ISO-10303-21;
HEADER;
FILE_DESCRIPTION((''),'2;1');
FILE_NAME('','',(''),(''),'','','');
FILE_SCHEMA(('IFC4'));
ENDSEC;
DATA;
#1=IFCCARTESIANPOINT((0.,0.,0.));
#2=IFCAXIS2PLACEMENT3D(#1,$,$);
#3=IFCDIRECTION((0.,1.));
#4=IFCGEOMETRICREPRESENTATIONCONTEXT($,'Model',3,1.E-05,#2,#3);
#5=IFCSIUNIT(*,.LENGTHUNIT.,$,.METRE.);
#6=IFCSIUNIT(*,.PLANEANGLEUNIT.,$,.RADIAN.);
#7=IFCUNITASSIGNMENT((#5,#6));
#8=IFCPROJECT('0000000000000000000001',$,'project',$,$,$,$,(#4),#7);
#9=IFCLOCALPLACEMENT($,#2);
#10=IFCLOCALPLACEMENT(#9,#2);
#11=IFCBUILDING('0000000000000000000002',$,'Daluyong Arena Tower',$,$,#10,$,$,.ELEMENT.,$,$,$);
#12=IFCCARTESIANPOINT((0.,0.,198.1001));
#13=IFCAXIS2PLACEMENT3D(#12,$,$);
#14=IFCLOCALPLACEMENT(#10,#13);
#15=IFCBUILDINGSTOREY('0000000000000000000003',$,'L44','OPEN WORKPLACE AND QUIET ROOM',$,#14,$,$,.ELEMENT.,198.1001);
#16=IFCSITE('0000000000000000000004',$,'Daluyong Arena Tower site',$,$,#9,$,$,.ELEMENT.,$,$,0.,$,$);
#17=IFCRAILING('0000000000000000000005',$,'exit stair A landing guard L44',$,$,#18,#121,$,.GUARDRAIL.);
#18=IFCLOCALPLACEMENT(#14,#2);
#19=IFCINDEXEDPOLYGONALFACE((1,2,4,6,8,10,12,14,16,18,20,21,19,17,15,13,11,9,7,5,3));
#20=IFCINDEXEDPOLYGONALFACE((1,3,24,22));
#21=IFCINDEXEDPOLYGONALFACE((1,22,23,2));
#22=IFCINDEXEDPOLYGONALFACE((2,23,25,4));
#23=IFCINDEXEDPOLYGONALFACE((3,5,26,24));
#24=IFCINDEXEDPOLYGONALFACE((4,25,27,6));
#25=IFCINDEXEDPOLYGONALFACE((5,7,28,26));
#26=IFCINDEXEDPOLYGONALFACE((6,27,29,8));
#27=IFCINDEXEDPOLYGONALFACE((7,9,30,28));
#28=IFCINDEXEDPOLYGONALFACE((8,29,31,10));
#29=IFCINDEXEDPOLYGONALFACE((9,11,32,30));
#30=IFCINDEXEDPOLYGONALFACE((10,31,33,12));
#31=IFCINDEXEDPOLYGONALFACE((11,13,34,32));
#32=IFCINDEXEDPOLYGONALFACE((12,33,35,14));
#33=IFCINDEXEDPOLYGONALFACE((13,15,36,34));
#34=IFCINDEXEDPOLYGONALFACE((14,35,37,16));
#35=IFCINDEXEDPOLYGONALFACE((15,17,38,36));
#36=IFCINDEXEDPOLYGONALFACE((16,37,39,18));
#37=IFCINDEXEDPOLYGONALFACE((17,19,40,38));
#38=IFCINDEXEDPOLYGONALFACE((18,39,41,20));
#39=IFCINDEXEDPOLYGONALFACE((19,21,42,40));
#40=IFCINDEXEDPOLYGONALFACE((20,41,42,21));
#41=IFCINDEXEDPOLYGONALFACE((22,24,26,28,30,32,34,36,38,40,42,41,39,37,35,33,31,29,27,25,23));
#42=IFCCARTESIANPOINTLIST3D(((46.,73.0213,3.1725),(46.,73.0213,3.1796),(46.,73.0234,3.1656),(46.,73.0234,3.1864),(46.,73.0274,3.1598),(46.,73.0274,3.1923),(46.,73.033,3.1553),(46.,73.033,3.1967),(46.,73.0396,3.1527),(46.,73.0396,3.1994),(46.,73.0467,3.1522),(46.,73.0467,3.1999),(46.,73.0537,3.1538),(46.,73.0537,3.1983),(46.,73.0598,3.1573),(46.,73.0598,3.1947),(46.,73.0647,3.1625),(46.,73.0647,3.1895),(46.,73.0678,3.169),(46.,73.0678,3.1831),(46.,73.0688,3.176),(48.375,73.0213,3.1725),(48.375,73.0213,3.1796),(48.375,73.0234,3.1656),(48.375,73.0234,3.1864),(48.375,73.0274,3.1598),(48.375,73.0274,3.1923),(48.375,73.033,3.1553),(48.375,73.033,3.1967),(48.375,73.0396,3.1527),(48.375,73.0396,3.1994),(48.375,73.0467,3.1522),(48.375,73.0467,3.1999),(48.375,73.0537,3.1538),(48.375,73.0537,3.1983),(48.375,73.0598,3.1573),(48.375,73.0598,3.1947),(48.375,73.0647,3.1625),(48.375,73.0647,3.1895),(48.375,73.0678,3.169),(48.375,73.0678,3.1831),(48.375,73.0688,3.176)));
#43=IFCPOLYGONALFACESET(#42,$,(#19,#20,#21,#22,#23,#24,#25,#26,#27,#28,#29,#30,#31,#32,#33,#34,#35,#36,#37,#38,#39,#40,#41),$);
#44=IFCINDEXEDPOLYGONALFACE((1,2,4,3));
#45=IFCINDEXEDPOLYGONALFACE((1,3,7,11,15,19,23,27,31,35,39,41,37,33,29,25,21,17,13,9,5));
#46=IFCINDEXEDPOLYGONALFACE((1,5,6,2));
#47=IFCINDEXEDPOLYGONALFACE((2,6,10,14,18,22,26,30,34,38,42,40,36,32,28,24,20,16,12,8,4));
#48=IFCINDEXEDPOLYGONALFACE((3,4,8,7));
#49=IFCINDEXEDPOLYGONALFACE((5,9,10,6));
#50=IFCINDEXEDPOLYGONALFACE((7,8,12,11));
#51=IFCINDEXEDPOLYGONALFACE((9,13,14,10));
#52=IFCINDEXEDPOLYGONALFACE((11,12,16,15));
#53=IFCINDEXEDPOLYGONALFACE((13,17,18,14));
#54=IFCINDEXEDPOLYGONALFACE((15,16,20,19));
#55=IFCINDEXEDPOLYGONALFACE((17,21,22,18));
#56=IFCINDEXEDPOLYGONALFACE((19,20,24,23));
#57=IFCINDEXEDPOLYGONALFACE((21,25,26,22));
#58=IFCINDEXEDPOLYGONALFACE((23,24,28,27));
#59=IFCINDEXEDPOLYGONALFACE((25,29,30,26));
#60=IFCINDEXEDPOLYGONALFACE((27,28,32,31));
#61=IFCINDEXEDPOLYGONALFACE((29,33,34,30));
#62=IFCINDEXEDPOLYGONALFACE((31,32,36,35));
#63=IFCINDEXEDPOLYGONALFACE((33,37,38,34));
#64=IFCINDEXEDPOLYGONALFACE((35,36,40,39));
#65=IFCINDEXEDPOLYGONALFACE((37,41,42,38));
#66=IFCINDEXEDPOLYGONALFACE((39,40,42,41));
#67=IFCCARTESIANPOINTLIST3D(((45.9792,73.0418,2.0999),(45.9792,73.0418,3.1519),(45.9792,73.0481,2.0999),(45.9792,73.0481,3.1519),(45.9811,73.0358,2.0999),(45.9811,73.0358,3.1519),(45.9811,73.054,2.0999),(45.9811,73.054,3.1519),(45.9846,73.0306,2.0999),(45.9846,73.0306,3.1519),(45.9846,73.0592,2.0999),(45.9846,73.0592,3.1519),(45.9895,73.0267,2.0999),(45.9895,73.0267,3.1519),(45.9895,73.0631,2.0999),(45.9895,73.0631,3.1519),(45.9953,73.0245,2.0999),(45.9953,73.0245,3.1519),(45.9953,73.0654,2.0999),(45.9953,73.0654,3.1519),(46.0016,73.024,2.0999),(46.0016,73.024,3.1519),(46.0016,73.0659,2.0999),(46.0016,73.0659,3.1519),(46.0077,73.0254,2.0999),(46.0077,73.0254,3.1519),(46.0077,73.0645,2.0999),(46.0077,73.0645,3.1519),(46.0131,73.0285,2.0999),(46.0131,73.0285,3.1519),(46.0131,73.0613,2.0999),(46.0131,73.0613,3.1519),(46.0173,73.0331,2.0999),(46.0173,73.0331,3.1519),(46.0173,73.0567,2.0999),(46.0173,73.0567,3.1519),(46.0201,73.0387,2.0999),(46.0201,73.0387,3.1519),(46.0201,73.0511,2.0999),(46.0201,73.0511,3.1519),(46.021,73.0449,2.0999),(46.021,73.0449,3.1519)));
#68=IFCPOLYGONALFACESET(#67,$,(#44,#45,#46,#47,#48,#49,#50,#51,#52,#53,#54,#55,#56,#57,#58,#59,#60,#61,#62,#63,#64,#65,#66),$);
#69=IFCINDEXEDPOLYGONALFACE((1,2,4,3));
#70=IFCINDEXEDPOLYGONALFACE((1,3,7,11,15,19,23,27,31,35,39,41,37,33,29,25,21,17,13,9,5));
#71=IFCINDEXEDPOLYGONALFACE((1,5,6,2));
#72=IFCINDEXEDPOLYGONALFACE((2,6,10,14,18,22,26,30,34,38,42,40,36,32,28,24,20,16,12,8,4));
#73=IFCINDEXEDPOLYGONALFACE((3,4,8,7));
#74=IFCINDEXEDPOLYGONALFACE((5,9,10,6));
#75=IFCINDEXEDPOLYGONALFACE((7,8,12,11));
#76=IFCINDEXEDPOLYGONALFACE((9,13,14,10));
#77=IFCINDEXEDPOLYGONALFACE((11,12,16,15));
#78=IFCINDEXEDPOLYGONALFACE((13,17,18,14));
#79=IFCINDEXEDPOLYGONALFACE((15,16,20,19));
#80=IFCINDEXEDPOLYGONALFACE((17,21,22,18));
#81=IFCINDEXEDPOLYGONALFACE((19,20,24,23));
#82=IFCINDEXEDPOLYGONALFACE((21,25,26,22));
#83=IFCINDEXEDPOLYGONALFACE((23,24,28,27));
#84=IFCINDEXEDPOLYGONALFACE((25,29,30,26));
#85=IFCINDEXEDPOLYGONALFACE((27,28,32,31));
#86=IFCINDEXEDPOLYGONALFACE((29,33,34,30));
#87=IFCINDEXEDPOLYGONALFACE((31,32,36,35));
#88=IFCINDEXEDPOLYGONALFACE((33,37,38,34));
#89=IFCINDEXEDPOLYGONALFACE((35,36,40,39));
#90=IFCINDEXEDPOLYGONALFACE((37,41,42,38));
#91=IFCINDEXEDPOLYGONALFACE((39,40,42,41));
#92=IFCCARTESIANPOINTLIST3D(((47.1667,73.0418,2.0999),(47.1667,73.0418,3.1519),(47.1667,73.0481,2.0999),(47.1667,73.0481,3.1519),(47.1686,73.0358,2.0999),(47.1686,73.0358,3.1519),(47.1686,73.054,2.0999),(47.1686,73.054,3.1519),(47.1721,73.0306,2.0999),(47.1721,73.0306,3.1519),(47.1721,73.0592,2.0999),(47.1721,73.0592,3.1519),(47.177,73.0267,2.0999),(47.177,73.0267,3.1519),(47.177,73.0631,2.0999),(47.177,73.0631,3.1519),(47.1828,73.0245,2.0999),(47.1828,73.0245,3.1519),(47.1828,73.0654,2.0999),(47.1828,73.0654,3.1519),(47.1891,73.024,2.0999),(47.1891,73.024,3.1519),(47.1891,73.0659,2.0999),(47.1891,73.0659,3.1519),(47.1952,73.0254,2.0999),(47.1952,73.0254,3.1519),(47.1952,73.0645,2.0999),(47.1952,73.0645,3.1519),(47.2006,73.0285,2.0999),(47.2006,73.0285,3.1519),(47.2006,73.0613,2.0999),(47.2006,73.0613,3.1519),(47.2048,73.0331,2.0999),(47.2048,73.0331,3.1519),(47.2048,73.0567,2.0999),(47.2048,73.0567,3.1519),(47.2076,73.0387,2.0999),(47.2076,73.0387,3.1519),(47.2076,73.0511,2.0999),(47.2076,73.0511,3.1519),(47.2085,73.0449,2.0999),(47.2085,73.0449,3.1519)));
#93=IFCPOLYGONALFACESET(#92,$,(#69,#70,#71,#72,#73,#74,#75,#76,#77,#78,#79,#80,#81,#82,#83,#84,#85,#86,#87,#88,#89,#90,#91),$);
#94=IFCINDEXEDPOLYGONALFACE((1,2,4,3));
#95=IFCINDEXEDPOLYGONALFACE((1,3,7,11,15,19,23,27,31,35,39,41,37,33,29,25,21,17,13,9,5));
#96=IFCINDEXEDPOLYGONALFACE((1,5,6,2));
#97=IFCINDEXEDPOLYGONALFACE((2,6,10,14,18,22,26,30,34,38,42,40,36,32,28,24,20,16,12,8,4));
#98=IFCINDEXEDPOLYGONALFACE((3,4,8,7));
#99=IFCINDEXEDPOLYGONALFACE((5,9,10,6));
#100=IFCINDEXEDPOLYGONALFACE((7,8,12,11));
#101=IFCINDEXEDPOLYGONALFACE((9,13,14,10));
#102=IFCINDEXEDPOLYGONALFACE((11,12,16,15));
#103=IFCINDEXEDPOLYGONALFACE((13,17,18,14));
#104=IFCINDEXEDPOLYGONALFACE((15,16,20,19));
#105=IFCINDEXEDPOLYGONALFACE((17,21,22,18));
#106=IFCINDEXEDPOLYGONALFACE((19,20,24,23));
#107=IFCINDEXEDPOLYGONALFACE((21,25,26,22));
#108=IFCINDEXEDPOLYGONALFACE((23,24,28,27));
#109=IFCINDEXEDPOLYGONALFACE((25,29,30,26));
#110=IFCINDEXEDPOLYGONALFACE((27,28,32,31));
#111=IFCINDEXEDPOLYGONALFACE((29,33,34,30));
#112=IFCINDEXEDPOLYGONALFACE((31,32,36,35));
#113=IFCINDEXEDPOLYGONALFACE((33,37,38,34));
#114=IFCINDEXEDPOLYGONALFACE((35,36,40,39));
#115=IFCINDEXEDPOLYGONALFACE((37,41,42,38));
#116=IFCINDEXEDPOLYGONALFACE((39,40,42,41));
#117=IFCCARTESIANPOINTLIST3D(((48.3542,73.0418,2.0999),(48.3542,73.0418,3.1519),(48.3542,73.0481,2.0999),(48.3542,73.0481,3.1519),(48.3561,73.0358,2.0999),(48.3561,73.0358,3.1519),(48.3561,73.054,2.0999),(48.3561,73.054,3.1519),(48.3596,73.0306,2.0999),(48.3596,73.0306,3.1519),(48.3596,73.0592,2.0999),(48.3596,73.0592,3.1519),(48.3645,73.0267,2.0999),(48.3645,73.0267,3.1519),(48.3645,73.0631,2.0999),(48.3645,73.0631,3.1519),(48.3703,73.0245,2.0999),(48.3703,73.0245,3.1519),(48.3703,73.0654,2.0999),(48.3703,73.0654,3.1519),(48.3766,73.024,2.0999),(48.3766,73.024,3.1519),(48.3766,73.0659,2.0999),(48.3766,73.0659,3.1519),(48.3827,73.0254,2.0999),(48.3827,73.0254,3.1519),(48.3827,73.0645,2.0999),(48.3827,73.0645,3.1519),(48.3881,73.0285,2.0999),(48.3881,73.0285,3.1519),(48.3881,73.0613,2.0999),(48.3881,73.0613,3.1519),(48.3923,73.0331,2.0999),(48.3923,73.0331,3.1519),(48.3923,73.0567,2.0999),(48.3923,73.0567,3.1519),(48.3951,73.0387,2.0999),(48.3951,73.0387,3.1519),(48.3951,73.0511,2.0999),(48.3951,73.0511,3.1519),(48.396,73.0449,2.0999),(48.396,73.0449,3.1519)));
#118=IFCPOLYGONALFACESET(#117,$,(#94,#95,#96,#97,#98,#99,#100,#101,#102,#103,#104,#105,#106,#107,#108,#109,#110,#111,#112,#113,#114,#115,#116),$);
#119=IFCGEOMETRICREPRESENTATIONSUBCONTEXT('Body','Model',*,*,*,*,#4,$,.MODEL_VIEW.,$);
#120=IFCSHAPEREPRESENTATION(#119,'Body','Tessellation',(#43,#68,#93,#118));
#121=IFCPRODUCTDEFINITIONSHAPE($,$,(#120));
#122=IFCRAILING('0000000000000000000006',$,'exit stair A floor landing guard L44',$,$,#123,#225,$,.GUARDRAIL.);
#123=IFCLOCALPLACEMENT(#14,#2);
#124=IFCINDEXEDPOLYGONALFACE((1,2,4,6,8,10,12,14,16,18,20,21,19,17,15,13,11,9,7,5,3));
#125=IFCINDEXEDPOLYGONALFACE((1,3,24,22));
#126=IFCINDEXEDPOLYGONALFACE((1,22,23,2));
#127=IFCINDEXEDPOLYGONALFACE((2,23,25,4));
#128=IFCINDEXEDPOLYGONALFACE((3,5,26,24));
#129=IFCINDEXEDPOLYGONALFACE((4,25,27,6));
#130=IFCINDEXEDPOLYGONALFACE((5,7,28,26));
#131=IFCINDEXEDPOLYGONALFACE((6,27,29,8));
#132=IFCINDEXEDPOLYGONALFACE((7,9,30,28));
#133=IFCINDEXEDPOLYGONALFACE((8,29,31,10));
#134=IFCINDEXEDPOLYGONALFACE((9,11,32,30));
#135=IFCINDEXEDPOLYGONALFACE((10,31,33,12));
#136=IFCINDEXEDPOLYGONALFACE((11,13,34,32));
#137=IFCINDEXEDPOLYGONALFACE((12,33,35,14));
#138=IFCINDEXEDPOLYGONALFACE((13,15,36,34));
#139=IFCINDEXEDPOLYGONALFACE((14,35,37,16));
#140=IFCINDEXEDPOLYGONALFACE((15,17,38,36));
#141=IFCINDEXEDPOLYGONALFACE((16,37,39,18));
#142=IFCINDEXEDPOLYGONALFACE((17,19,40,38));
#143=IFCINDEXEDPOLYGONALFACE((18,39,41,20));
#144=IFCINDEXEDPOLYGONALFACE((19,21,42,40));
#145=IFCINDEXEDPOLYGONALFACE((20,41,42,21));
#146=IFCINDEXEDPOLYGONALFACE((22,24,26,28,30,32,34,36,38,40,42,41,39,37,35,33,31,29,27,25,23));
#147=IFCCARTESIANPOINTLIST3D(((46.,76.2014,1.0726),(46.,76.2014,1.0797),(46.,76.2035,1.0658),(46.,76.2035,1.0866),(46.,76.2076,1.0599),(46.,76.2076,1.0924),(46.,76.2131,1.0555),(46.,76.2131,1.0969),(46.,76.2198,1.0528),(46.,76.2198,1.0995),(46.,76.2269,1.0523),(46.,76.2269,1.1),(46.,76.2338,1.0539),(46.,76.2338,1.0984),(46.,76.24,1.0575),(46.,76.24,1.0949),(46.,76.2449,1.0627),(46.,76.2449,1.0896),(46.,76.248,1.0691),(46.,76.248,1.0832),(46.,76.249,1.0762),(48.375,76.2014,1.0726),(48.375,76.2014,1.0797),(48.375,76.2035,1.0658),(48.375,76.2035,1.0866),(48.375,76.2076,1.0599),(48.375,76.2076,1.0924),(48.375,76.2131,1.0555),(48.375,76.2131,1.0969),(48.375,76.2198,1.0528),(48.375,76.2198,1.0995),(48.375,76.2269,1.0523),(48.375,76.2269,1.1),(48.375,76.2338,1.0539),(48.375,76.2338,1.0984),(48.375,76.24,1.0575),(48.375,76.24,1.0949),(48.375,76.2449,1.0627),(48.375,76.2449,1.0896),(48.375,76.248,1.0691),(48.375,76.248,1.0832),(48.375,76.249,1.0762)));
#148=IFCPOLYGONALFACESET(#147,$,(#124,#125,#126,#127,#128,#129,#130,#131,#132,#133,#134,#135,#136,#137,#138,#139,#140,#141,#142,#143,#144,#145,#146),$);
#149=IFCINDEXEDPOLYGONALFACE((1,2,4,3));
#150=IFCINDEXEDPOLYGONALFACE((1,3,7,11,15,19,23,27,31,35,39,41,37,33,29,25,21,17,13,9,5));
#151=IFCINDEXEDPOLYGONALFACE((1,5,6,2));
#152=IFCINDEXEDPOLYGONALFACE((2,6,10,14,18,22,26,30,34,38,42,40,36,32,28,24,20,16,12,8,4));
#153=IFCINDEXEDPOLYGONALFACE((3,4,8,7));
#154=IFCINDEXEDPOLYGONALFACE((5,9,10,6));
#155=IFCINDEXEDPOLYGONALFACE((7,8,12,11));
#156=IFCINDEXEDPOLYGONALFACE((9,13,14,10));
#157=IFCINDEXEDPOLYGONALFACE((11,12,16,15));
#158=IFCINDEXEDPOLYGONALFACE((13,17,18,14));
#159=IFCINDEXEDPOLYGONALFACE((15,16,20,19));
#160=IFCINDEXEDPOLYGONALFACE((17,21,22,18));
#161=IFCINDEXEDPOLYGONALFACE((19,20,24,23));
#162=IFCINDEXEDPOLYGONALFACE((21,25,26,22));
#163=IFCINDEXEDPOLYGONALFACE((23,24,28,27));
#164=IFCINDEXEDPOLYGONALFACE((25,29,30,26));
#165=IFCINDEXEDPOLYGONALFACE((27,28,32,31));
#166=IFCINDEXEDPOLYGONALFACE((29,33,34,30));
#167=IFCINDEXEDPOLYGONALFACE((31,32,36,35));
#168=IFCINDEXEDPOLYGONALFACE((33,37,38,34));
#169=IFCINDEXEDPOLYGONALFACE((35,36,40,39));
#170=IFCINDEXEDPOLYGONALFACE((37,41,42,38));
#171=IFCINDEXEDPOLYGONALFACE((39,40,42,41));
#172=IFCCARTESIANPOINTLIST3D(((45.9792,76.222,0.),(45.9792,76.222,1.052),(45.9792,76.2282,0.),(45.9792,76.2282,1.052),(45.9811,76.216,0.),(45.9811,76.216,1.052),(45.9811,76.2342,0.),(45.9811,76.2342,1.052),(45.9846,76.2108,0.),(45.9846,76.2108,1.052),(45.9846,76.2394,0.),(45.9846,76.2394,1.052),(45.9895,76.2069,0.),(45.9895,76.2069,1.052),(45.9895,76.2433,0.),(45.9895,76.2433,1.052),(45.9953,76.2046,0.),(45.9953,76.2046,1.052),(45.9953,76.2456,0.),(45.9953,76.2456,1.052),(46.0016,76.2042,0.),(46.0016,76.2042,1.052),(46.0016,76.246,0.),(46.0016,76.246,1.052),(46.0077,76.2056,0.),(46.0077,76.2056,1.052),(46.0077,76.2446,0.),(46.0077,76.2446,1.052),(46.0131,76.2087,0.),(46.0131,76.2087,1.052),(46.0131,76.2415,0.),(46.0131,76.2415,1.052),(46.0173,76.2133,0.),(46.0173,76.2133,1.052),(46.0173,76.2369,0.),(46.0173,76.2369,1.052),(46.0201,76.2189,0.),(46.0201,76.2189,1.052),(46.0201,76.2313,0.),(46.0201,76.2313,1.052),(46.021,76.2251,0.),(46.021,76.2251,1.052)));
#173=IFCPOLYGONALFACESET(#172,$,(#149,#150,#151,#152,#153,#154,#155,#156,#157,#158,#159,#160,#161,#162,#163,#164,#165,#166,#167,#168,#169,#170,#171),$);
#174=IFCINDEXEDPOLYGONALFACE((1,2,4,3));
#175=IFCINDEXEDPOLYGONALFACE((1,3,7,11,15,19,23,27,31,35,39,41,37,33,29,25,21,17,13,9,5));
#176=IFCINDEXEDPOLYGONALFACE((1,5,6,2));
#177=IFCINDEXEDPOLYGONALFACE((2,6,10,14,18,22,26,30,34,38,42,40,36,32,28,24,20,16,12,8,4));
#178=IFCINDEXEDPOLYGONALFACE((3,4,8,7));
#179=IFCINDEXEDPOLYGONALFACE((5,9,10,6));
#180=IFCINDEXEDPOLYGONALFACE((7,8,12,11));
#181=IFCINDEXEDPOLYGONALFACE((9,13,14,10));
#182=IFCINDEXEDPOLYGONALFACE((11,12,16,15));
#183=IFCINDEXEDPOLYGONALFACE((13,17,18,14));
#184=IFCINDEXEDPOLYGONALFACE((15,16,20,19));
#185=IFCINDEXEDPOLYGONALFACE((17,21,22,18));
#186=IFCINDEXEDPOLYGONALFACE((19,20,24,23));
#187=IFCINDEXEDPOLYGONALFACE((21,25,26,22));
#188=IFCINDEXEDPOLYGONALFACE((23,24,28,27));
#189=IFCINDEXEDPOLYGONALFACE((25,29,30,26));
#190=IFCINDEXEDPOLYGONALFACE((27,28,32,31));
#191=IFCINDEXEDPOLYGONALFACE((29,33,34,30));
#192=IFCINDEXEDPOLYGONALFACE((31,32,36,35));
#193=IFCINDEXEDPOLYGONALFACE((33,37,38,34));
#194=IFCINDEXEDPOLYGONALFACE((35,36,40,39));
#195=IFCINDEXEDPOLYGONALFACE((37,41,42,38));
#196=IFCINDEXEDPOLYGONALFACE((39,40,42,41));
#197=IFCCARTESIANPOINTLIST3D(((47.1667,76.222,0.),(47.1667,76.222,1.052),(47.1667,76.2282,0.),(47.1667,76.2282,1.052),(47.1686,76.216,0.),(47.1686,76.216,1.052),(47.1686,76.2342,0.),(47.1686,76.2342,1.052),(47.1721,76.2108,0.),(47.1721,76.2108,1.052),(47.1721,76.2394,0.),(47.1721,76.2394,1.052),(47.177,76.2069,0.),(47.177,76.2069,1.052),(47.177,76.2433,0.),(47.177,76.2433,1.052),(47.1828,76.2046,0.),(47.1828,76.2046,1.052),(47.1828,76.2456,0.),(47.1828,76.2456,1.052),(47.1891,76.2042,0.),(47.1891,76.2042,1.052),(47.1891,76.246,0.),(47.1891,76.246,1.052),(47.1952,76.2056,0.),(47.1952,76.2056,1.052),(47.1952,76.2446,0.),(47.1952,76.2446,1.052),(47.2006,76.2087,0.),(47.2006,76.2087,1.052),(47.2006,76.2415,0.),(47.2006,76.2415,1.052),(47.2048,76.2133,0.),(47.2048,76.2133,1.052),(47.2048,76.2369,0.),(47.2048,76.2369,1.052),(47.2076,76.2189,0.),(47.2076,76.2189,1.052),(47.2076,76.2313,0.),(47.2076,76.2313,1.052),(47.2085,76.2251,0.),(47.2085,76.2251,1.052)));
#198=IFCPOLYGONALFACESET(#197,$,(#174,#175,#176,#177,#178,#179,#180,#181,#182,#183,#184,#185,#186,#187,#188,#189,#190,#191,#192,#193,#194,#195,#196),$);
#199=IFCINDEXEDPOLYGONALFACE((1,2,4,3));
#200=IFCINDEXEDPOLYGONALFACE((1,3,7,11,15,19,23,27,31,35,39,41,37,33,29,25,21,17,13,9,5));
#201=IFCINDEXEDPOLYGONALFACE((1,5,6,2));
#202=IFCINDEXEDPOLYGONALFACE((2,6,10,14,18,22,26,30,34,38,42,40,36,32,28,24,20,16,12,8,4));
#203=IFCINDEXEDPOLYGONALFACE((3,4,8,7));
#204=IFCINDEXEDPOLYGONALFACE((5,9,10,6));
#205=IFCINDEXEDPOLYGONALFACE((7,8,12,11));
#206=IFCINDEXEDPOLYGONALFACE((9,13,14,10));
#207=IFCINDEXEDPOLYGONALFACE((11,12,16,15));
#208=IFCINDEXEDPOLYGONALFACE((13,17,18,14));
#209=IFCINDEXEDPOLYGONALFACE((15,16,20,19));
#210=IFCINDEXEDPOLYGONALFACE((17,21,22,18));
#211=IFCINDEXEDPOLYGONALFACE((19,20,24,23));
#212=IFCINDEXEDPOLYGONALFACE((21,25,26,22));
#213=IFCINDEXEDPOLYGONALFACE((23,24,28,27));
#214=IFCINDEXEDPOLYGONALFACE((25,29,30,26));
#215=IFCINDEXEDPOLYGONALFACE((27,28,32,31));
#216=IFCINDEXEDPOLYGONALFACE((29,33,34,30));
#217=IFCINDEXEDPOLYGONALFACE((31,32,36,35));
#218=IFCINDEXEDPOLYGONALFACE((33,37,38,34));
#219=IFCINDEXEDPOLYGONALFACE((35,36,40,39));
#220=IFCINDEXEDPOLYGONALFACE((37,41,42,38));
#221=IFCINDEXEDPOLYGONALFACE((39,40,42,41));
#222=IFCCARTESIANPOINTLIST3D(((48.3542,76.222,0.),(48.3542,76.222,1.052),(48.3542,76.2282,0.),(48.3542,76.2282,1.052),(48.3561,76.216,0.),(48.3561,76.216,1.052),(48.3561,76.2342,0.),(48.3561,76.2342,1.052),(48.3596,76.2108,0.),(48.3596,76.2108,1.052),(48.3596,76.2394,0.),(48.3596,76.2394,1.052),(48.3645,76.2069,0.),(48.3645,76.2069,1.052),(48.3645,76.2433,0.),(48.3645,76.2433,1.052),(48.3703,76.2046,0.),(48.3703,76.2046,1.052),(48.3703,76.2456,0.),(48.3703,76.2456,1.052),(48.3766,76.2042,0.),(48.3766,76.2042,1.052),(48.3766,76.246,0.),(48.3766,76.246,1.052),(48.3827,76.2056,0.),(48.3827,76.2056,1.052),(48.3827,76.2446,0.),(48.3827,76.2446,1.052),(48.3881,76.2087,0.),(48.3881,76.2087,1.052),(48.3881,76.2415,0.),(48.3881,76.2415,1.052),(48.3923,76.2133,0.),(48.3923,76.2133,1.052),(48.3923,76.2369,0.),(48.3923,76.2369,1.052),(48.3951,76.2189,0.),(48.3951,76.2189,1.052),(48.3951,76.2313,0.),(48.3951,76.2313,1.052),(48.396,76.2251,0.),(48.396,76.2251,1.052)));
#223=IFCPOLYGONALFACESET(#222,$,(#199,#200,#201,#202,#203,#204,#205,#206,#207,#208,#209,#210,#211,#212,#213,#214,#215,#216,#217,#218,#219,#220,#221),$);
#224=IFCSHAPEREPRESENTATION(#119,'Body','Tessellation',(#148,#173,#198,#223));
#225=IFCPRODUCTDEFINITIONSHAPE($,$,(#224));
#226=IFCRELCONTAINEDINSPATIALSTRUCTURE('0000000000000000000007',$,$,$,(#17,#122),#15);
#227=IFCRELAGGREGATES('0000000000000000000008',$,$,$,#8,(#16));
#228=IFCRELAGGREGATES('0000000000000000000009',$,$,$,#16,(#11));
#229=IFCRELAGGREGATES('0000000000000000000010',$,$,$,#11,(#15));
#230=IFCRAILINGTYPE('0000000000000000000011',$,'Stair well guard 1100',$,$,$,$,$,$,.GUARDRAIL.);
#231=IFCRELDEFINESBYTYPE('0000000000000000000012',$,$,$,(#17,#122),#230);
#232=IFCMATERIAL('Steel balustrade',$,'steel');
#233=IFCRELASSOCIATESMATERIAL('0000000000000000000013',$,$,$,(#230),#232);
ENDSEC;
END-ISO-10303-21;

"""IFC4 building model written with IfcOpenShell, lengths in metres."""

from ifc_helpers import new_model, si_unit, direction, frame, origin, origin_2d, place, context, subcontext, project, spatial, circle, extrude, material, type_object, element, save


model = new_model("IFC4")

# Units and contexts
model_context = context("Model", 3, precision=1e-05, world=origin(), true_north=direction((0.0, 1.0)))
body_context = subcontext(model_context, "Body", "Model", "MODEL_VIEW")
ifc_project = project(units=[si_unit("LENGTHUNIT", "METRE"), si_unit("PLANEANGLEUNIT", "RADIAN")], contexts=[model_context])

# Site, building, storey
site_placement = place(None, origin())
site = spatial("IfcSite", under=ifc_project, at=site_placement, Name="Daluyong Arena Tower site", CompositionType="ELEMENT", RefElevation=0.0)
building_placement = place(site_placement, origin())
building = spatial("IfcBuilding", under=site, at=building_placement, Name="Daluyong Arena Tower", CompositionType="ELEMENT")
storey_placement = place(building_placement, frame((0.0, 0.0, 198.1001)))
storey = spatial("IfcBuildingStorey", under=building, at=storey_placement, Name="L44", Description="OPEN WORKPLACE AND QUIET ROOM", CompositionType="ELEMENT", Elevation=198.1001)

# Railings
ifc_material_1 = material(Name="Steel balustrade", Category="steel")
railing_type_1 = type_object("IfcRailingType", Name="Stair well guard 1100", PredefinedType="GUARDRAIL", material=ifc_material_1)
for number, where, name in (
    (1, (46.0, 73.0449, 2.0999), "exit stair A landing guard L44"),
    (2, (46.0, 76.2251, 0.0), "exit stair A floor landing guard L44"),
):
    element("IfcRailing", number, at=place(storey_placement, frame(where)), inside=storey, type_object=railing_type_1, Name=name, PredefinedType="GUARDRAIL", context=body_context, shape_type="SweptSolid", body=[
        extrude(circle(Radius=0.0239, at=origin_2d()), frame((0.0, 0.0, 1.0762), z_axis=(1.0, 0.0, 0.0), x_axis=(0.0, 1.0, 0.0)), (0.0, 0.0, 1.0), 2.375),
        extrude(circle(Radius=0.021, at=origin_2d()), origin(), (0.0, 0.0, 1.0), 1.052),
        extrude(circle(Radius=0.021, at=origin_2d()), frame((1.1875, 0.0, 0.0)), (0.0, 0.0, 1.0), 1.052),
        extrude(circle(Radius=0.021, at=origin_2d()), frame((2.375, 0.0, 0.0)), (0.0, 0.0, 1.0), 1.052),
    ])

save(model, "model.ifc")
